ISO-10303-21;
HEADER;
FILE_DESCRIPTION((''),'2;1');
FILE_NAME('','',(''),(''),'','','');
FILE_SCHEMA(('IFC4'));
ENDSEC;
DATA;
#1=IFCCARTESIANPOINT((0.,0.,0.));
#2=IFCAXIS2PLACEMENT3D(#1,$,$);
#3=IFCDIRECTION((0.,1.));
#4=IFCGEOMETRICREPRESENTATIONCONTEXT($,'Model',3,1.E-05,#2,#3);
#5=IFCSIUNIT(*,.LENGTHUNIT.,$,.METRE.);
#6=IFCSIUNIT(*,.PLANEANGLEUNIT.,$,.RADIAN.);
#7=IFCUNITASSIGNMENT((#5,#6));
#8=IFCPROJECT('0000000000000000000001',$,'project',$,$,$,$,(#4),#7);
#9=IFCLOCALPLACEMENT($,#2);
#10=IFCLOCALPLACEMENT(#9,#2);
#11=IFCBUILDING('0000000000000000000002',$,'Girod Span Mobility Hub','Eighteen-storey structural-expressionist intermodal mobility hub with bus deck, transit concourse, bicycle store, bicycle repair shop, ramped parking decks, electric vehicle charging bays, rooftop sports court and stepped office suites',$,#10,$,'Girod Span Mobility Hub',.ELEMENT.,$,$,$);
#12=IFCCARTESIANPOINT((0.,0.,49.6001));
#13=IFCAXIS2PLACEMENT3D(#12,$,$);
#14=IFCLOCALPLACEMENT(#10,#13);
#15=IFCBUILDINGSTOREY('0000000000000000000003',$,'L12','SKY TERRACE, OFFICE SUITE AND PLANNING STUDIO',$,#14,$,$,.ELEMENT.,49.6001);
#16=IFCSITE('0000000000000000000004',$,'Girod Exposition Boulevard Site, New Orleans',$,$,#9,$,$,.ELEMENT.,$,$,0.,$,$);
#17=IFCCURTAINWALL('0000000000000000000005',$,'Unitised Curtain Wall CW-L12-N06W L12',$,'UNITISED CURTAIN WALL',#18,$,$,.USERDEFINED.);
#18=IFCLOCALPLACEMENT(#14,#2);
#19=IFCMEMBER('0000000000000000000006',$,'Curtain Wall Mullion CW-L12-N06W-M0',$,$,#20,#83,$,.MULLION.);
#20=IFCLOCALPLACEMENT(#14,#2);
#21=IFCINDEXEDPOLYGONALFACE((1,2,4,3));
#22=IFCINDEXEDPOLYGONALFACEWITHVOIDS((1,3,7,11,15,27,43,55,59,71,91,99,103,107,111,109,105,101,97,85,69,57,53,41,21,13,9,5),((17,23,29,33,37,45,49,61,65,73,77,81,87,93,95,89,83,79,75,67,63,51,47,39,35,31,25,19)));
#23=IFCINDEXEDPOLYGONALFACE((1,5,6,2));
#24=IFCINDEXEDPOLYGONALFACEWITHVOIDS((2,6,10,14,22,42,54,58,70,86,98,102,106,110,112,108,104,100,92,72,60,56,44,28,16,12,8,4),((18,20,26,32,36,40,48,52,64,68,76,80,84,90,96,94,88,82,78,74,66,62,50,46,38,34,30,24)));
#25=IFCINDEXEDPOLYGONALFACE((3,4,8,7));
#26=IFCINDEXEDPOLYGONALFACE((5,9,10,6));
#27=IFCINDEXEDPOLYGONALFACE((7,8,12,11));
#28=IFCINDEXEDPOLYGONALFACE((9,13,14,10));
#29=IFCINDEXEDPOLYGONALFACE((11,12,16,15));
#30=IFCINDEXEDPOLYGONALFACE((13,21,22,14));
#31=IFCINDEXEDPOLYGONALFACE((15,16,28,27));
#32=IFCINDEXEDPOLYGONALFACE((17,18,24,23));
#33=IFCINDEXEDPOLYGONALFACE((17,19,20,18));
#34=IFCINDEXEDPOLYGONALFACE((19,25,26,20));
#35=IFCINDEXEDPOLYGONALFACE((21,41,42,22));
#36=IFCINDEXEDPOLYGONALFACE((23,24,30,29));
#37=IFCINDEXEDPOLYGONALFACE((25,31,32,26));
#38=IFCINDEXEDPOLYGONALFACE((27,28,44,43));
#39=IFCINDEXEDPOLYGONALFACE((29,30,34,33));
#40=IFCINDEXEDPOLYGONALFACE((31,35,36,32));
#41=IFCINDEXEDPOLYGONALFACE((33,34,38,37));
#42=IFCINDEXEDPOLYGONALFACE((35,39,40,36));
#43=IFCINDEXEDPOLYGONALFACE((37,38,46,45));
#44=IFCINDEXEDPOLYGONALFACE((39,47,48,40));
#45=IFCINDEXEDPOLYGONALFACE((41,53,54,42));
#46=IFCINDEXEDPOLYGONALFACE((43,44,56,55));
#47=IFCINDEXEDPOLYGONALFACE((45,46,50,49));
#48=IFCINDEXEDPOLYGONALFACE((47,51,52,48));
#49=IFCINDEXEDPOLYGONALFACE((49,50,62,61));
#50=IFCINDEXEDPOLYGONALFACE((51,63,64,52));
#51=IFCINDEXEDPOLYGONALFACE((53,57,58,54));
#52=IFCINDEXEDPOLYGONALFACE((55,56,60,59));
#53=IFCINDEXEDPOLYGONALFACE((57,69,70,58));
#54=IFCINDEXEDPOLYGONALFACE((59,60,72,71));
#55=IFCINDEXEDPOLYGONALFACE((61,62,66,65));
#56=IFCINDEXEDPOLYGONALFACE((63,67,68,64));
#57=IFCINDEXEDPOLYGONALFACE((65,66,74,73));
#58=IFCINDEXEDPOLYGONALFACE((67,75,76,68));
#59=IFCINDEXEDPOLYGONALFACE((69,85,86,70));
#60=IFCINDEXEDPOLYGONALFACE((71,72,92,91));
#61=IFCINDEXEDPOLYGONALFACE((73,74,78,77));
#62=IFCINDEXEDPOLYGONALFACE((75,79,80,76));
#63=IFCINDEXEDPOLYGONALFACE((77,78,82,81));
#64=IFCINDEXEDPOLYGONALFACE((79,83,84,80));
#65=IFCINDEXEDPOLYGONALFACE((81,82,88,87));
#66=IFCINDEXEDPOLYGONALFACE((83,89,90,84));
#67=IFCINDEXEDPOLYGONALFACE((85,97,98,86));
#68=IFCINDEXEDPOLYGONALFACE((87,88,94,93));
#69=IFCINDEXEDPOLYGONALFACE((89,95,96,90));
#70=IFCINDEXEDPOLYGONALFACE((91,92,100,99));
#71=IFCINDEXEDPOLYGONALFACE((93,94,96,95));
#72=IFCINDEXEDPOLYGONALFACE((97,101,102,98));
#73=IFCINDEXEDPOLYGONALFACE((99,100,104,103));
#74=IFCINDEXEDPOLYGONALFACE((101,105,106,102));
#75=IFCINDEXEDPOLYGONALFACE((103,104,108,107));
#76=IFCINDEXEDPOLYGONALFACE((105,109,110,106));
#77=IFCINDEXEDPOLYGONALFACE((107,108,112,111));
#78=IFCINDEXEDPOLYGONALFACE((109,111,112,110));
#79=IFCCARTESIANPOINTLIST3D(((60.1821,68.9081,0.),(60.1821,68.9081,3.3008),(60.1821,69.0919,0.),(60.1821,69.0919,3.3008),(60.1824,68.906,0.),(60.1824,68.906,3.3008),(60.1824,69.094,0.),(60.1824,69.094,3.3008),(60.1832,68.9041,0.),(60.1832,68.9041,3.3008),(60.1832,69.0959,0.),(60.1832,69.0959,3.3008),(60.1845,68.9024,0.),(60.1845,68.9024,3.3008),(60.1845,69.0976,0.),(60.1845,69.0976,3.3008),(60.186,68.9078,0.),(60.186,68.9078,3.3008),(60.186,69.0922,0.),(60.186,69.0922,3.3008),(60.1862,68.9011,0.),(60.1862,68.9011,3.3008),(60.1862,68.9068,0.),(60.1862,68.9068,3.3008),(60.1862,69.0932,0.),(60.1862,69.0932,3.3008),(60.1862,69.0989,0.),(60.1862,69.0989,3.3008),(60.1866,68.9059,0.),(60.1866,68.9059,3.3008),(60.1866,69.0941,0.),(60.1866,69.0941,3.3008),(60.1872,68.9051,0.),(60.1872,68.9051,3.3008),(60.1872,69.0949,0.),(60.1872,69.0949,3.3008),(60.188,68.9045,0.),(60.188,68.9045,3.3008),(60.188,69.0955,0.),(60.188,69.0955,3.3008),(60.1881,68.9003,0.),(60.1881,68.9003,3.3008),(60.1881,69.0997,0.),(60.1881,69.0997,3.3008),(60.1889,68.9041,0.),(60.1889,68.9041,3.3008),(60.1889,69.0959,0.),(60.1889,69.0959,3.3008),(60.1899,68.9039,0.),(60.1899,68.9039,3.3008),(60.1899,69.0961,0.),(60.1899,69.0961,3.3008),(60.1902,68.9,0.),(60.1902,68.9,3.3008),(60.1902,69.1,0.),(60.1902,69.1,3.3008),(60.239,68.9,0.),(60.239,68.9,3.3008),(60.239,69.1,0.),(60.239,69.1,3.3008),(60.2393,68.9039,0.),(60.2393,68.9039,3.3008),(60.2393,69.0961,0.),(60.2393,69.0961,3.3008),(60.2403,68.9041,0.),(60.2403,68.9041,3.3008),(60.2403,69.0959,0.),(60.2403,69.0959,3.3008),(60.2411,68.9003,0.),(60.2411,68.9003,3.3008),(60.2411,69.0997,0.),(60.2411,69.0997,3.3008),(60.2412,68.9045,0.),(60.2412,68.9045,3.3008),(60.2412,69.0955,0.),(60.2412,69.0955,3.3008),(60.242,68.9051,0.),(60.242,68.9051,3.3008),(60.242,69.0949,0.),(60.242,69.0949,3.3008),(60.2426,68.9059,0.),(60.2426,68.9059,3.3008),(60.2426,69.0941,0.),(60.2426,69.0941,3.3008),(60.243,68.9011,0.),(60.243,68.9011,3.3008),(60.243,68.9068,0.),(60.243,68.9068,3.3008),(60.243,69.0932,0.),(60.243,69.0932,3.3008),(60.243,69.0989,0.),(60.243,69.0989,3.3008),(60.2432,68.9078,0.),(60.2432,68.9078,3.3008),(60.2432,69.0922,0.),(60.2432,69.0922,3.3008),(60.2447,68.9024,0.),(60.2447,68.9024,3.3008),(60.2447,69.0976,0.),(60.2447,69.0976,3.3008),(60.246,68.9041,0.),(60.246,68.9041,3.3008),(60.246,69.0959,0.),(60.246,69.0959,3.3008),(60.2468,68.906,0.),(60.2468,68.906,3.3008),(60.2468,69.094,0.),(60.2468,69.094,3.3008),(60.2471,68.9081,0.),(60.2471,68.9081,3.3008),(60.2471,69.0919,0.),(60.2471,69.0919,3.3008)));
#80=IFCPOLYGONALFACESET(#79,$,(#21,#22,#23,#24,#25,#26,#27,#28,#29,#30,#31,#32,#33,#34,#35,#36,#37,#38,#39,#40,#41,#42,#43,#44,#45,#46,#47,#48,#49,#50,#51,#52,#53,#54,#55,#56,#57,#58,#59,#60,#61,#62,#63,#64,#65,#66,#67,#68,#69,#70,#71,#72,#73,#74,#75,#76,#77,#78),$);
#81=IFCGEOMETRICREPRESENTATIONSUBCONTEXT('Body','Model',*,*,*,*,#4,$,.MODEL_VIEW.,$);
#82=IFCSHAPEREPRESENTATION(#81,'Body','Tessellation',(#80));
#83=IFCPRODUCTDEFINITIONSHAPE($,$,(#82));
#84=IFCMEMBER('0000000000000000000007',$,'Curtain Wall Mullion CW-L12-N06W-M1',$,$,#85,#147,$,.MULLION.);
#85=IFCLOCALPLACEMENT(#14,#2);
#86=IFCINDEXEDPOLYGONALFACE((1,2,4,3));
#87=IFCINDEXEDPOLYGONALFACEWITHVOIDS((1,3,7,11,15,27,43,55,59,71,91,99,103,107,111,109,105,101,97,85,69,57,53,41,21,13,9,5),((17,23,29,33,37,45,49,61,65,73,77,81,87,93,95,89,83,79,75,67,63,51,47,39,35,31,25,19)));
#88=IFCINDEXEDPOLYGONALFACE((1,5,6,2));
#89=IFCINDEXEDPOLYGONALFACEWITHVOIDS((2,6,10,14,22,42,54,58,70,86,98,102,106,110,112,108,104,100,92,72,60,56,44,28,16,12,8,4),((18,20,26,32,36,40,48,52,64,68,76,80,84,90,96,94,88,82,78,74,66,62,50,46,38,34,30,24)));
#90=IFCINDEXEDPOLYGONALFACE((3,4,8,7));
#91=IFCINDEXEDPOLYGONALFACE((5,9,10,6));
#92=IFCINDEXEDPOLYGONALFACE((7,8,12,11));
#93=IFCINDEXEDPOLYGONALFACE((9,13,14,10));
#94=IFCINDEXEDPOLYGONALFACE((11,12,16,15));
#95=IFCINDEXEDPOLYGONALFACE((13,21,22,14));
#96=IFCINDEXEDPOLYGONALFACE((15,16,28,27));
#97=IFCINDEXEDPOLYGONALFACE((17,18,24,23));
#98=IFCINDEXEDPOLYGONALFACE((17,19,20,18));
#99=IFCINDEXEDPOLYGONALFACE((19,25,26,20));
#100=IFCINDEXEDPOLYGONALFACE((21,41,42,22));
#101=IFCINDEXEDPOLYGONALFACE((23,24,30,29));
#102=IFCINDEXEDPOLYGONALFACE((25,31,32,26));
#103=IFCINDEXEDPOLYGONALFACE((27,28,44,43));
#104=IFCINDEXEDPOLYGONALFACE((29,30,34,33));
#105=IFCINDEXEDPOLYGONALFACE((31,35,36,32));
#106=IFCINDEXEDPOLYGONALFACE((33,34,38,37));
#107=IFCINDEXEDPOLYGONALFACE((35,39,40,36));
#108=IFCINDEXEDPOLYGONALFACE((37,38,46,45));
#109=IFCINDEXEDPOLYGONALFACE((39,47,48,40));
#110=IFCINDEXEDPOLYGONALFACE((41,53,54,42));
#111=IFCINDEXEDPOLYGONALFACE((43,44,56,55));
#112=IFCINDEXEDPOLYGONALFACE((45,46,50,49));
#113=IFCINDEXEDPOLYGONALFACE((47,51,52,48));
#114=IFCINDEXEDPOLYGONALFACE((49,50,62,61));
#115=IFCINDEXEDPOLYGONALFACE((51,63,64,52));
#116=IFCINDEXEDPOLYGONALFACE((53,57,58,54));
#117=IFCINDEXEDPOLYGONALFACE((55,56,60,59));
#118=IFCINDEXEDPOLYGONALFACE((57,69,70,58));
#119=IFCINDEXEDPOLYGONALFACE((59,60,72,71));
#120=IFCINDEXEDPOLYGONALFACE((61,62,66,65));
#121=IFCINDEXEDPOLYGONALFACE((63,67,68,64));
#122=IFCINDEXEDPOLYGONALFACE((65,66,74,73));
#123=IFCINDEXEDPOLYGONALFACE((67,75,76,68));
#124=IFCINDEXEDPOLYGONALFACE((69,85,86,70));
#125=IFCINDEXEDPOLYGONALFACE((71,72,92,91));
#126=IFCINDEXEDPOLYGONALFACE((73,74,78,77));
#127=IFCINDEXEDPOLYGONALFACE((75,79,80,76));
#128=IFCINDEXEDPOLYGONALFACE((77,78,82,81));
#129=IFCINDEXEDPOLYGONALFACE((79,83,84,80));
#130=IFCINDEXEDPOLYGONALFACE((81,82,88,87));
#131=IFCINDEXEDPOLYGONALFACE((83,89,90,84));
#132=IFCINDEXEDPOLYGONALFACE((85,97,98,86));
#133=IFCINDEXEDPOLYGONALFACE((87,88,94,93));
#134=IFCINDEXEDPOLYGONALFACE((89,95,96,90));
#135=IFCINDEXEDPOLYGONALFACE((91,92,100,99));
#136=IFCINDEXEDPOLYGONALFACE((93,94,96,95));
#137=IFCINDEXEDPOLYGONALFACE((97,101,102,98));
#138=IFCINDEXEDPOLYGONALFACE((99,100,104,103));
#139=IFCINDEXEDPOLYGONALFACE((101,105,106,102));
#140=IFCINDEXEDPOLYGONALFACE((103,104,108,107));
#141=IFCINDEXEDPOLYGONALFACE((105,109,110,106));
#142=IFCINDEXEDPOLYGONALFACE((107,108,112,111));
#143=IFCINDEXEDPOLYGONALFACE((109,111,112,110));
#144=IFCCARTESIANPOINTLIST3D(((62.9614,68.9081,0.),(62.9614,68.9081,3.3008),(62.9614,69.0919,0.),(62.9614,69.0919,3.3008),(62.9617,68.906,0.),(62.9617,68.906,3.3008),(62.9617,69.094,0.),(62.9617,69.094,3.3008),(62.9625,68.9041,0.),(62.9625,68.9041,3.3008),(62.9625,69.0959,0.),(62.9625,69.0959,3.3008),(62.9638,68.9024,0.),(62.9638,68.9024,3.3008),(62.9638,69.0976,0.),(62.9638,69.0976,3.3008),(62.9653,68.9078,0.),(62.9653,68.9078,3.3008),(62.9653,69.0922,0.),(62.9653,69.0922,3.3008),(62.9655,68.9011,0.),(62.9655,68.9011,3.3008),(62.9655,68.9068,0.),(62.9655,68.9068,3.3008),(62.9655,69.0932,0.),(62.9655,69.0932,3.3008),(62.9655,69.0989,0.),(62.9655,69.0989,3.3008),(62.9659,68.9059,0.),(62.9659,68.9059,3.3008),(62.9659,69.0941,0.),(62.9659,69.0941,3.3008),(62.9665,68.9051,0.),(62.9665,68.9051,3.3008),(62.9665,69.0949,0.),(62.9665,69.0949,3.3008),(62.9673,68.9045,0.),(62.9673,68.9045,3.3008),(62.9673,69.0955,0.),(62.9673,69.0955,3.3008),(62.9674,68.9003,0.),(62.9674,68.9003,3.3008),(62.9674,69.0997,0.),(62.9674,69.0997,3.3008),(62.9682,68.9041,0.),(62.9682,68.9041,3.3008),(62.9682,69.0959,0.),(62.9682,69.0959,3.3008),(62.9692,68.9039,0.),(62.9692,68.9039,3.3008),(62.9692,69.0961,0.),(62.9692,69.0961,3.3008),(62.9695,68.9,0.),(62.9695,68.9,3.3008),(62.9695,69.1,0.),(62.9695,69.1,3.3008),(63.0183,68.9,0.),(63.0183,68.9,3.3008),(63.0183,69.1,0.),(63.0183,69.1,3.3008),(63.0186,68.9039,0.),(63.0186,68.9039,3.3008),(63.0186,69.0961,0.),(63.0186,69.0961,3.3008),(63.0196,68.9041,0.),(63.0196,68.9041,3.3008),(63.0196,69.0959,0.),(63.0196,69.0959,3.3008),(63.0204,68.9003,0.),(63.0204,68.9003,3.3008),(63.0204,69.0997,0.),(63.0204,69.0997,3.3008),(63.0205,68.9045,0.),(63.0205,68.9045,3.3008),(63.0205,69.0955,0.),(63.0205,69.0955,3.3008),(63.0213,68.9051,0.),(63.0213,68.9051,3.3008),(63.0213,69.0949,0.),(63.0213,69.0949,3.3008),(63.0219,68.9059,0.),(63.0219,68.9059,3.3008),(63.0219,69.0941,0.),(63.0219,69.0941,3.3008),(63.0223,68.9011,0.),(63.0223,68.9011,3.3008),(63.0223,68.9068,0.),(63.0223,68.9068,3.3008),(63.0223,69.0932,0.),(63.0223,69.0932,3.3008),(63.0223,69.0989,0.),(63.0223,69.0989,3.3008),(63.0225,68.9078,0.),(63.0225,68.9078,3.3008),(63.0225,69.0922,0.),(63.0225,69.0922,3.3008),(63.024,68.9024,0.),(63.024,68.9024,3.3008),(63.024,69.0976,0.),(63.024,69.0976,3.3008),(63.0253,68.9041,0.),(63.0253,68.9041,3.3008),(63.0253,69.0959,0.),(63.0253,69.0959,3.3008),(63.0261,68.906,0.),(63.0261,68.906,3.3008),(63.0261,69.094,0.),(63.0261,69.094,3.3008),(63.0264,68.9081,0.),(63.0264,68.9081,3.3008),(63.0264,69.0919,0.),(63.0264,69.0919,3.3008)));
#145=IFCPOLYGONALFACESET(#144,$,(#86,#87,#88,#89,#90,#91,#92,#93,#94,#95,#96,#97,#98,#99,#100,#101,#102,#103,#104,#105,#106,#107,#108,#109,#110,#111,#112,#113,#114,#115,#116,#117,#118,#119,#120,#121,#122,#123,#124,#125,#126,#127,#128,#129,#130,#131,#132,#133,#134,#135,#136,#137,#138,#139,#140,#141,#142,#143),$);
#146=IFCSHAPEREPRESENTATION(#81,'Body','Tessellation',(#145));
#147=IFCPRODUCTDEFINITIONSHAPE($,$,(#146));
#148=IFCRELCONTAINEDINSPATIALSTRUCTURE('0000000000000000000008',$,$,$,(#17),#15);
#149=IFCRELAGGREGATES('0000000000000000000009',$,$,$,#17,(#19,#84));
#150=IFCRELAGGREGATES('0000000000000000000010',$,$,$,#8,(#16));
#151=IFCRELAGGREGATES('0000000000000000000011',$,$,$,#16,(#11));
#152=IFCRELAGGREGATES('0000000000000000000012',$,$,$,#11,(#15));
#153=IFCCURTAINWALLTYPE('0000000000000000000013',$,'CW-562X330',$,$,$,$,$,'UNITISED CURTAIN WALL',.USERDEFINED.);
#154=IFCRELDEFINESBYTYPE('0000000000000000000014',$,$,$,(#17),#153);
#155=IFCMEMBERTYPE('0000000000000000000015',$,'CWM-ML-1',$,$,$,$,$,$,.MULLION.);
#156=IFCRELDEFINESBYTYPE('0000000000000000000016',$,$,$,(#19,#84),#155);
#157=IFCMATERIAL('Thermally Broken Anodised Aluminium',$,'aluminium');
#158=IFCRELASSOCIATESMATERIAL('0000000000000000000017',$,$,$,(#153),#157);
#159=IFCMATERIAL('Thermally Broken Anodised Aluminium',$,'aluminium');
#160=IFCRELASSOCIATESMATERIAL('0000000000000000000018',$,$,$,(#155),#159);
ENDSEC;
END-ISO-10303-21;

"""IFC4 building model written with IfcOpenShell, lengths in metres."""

from ifc_helpers import new_model, si_unit, direction, frame, origin, origin_2d, place, context, subcontext, project, spatial, hollow_rectangle, extrude, material, material_profile, profile_set, type_object, element, aggregate, save


model = new_model("IFC4")

# Units and contexts
model_context = context("Model", 3, precision=1e-05, world=origin(), true_north=direction((0.0, 1.0)))
body_context = subcontext(model_context, "Body", "Model", "MODEL_VIEW")
ifc_project = project(units=[si_unit("LENGTHUNIT", "METRE"), si_unit("PLANEANGLEUNIT", "RADIAN")], contexts=[model_context])

# Site, building, storey
site_placement = place(None, origin())
site = spatial("IfcSite", under=ifc_project, at=site_placement, Name="Girod Exposition Boulevard Site, New Orleans", CompositionType="ELEMENT", RefElevation=0.0)
building_placement = place(site_placement, origin())
building = spatial("IfcBuilding", under=site, at=building_placement, Name="Girod Span Mobility Hub", Description="Eighteen-storey structural-expressionist intermodal mobility hub with bus deck, transit concourse, bicycle store, bicycle repair shop, ramped parking decks, electric vehicle charging bays, rooftop sports court and stepped office suites", LongName="Girod Span Mobility Hub", CompositionType="ELEMENT")
storey_placement = place(building_placement, frame((0.0, 0.0, 49.6001)))
storey = spatial("IfcBuildingStorey", under=building, at=storey_placement, Name="L12", Description="SKY TERRACE, OFFICE SUITE AND PLANNING STUDIO", CompositionType="ELEMENT", Elevation=49.6001)

# Curtain wall, members
ifc_material_1 = material(Name="Thermally Broken Anodised Aluminium", Category="aluminium")
curtain_wall_type = type_object("IfcCurtainWallType", Name="CW-562X330", ElementType="UNITISED CURTAIN WALL", PredefinedType="USERDEFINED", material=ifc_material_1)
curtain_wall_1_placement = place(storey_placement, origin())
curtain_wall_1 = element("IfcCurtainWall", 1, at=curtain_wall_1_placement, inside=storey, type_object=curtain_wall_type, Name="Unitised Curtain Wall CW-L12-N06W L12", ObjectType="UNITISED CURTAIN WALL", PredefinedType="USERDEFINED")
ifc_material_2 = material(Name="Thermally Broken Anodised Aluminium", Category="aluminium")
ifc_material_profile_1 = material_profile(ifc_material_2, hollow_rectangle(XDim=0.2, YDim=0.0649, WallThickness=0.0039, InnerFilletRadius=0.0039, OuterFilletRadius=0.0081, at=origin_2d()), Name="CW-ML-65X200")
ifc_profile_set_1 = profile_set([ifc_material_profile_1], Name="Thermally Broken Anodised Aluminium")
member_type_1 = type_object("IfcMemberType", Name="CWM-ML-1", PredefinedType="MULLION", material=ifc_profile_set_1)
member_1_placement = place(storey_placement, frame((60.2146, 69.0, 0.0), z_axis=(0.0, 0.0, 1.0), x_axis=(0.0, 1.0, 0.0)))
member_1 = element("IfcMember", 2, at=member_1_placement, type_object=member_type_1, Name="Curtain Wall Mullion CW-L12-N06W-M0", PredefinedType="MULLION", context=body_context, shape_type="SweptSolid", body=[
    extrude(hollow_rectangle(XDim=0.2, YDim=0.0649, WallThickness=0.0039, InnerFilletRadius=0.0039, OuterFilletRadius=0.0081, at=origin_2d()), origin(), (0.0, 0.0, 1.0), 3.3008),
])
member_2_placement = place(storey_placement, frame((62.9939, 69.0, 0.0), z_axis=(0.0, 0.0, 1.0), x_axis=(0.0, 1.0, 0.0)))
member_2 = element("IfcMember", 3, at=member_2_placement, type_object=member_type_1, Name="Curtain Wall Mullion CW-L12-N06W-M1", PredefinedType="MULLION", context=body_context, shape_type="SweptSolid", body=[
    extrude(hollow_rectangle(XDim=0.2, YDim=0.0649, WallThickness=0.0039, InnerFilletRadius=0.0039, OuterFilletRadius=0.0081, at=origin_2d()), origin(), (0.0, 0.0, 1.0), 3.3008),
])

aggregate(curtain_wall_1, [member_1, member_2])

save(model, "model.ifc")
